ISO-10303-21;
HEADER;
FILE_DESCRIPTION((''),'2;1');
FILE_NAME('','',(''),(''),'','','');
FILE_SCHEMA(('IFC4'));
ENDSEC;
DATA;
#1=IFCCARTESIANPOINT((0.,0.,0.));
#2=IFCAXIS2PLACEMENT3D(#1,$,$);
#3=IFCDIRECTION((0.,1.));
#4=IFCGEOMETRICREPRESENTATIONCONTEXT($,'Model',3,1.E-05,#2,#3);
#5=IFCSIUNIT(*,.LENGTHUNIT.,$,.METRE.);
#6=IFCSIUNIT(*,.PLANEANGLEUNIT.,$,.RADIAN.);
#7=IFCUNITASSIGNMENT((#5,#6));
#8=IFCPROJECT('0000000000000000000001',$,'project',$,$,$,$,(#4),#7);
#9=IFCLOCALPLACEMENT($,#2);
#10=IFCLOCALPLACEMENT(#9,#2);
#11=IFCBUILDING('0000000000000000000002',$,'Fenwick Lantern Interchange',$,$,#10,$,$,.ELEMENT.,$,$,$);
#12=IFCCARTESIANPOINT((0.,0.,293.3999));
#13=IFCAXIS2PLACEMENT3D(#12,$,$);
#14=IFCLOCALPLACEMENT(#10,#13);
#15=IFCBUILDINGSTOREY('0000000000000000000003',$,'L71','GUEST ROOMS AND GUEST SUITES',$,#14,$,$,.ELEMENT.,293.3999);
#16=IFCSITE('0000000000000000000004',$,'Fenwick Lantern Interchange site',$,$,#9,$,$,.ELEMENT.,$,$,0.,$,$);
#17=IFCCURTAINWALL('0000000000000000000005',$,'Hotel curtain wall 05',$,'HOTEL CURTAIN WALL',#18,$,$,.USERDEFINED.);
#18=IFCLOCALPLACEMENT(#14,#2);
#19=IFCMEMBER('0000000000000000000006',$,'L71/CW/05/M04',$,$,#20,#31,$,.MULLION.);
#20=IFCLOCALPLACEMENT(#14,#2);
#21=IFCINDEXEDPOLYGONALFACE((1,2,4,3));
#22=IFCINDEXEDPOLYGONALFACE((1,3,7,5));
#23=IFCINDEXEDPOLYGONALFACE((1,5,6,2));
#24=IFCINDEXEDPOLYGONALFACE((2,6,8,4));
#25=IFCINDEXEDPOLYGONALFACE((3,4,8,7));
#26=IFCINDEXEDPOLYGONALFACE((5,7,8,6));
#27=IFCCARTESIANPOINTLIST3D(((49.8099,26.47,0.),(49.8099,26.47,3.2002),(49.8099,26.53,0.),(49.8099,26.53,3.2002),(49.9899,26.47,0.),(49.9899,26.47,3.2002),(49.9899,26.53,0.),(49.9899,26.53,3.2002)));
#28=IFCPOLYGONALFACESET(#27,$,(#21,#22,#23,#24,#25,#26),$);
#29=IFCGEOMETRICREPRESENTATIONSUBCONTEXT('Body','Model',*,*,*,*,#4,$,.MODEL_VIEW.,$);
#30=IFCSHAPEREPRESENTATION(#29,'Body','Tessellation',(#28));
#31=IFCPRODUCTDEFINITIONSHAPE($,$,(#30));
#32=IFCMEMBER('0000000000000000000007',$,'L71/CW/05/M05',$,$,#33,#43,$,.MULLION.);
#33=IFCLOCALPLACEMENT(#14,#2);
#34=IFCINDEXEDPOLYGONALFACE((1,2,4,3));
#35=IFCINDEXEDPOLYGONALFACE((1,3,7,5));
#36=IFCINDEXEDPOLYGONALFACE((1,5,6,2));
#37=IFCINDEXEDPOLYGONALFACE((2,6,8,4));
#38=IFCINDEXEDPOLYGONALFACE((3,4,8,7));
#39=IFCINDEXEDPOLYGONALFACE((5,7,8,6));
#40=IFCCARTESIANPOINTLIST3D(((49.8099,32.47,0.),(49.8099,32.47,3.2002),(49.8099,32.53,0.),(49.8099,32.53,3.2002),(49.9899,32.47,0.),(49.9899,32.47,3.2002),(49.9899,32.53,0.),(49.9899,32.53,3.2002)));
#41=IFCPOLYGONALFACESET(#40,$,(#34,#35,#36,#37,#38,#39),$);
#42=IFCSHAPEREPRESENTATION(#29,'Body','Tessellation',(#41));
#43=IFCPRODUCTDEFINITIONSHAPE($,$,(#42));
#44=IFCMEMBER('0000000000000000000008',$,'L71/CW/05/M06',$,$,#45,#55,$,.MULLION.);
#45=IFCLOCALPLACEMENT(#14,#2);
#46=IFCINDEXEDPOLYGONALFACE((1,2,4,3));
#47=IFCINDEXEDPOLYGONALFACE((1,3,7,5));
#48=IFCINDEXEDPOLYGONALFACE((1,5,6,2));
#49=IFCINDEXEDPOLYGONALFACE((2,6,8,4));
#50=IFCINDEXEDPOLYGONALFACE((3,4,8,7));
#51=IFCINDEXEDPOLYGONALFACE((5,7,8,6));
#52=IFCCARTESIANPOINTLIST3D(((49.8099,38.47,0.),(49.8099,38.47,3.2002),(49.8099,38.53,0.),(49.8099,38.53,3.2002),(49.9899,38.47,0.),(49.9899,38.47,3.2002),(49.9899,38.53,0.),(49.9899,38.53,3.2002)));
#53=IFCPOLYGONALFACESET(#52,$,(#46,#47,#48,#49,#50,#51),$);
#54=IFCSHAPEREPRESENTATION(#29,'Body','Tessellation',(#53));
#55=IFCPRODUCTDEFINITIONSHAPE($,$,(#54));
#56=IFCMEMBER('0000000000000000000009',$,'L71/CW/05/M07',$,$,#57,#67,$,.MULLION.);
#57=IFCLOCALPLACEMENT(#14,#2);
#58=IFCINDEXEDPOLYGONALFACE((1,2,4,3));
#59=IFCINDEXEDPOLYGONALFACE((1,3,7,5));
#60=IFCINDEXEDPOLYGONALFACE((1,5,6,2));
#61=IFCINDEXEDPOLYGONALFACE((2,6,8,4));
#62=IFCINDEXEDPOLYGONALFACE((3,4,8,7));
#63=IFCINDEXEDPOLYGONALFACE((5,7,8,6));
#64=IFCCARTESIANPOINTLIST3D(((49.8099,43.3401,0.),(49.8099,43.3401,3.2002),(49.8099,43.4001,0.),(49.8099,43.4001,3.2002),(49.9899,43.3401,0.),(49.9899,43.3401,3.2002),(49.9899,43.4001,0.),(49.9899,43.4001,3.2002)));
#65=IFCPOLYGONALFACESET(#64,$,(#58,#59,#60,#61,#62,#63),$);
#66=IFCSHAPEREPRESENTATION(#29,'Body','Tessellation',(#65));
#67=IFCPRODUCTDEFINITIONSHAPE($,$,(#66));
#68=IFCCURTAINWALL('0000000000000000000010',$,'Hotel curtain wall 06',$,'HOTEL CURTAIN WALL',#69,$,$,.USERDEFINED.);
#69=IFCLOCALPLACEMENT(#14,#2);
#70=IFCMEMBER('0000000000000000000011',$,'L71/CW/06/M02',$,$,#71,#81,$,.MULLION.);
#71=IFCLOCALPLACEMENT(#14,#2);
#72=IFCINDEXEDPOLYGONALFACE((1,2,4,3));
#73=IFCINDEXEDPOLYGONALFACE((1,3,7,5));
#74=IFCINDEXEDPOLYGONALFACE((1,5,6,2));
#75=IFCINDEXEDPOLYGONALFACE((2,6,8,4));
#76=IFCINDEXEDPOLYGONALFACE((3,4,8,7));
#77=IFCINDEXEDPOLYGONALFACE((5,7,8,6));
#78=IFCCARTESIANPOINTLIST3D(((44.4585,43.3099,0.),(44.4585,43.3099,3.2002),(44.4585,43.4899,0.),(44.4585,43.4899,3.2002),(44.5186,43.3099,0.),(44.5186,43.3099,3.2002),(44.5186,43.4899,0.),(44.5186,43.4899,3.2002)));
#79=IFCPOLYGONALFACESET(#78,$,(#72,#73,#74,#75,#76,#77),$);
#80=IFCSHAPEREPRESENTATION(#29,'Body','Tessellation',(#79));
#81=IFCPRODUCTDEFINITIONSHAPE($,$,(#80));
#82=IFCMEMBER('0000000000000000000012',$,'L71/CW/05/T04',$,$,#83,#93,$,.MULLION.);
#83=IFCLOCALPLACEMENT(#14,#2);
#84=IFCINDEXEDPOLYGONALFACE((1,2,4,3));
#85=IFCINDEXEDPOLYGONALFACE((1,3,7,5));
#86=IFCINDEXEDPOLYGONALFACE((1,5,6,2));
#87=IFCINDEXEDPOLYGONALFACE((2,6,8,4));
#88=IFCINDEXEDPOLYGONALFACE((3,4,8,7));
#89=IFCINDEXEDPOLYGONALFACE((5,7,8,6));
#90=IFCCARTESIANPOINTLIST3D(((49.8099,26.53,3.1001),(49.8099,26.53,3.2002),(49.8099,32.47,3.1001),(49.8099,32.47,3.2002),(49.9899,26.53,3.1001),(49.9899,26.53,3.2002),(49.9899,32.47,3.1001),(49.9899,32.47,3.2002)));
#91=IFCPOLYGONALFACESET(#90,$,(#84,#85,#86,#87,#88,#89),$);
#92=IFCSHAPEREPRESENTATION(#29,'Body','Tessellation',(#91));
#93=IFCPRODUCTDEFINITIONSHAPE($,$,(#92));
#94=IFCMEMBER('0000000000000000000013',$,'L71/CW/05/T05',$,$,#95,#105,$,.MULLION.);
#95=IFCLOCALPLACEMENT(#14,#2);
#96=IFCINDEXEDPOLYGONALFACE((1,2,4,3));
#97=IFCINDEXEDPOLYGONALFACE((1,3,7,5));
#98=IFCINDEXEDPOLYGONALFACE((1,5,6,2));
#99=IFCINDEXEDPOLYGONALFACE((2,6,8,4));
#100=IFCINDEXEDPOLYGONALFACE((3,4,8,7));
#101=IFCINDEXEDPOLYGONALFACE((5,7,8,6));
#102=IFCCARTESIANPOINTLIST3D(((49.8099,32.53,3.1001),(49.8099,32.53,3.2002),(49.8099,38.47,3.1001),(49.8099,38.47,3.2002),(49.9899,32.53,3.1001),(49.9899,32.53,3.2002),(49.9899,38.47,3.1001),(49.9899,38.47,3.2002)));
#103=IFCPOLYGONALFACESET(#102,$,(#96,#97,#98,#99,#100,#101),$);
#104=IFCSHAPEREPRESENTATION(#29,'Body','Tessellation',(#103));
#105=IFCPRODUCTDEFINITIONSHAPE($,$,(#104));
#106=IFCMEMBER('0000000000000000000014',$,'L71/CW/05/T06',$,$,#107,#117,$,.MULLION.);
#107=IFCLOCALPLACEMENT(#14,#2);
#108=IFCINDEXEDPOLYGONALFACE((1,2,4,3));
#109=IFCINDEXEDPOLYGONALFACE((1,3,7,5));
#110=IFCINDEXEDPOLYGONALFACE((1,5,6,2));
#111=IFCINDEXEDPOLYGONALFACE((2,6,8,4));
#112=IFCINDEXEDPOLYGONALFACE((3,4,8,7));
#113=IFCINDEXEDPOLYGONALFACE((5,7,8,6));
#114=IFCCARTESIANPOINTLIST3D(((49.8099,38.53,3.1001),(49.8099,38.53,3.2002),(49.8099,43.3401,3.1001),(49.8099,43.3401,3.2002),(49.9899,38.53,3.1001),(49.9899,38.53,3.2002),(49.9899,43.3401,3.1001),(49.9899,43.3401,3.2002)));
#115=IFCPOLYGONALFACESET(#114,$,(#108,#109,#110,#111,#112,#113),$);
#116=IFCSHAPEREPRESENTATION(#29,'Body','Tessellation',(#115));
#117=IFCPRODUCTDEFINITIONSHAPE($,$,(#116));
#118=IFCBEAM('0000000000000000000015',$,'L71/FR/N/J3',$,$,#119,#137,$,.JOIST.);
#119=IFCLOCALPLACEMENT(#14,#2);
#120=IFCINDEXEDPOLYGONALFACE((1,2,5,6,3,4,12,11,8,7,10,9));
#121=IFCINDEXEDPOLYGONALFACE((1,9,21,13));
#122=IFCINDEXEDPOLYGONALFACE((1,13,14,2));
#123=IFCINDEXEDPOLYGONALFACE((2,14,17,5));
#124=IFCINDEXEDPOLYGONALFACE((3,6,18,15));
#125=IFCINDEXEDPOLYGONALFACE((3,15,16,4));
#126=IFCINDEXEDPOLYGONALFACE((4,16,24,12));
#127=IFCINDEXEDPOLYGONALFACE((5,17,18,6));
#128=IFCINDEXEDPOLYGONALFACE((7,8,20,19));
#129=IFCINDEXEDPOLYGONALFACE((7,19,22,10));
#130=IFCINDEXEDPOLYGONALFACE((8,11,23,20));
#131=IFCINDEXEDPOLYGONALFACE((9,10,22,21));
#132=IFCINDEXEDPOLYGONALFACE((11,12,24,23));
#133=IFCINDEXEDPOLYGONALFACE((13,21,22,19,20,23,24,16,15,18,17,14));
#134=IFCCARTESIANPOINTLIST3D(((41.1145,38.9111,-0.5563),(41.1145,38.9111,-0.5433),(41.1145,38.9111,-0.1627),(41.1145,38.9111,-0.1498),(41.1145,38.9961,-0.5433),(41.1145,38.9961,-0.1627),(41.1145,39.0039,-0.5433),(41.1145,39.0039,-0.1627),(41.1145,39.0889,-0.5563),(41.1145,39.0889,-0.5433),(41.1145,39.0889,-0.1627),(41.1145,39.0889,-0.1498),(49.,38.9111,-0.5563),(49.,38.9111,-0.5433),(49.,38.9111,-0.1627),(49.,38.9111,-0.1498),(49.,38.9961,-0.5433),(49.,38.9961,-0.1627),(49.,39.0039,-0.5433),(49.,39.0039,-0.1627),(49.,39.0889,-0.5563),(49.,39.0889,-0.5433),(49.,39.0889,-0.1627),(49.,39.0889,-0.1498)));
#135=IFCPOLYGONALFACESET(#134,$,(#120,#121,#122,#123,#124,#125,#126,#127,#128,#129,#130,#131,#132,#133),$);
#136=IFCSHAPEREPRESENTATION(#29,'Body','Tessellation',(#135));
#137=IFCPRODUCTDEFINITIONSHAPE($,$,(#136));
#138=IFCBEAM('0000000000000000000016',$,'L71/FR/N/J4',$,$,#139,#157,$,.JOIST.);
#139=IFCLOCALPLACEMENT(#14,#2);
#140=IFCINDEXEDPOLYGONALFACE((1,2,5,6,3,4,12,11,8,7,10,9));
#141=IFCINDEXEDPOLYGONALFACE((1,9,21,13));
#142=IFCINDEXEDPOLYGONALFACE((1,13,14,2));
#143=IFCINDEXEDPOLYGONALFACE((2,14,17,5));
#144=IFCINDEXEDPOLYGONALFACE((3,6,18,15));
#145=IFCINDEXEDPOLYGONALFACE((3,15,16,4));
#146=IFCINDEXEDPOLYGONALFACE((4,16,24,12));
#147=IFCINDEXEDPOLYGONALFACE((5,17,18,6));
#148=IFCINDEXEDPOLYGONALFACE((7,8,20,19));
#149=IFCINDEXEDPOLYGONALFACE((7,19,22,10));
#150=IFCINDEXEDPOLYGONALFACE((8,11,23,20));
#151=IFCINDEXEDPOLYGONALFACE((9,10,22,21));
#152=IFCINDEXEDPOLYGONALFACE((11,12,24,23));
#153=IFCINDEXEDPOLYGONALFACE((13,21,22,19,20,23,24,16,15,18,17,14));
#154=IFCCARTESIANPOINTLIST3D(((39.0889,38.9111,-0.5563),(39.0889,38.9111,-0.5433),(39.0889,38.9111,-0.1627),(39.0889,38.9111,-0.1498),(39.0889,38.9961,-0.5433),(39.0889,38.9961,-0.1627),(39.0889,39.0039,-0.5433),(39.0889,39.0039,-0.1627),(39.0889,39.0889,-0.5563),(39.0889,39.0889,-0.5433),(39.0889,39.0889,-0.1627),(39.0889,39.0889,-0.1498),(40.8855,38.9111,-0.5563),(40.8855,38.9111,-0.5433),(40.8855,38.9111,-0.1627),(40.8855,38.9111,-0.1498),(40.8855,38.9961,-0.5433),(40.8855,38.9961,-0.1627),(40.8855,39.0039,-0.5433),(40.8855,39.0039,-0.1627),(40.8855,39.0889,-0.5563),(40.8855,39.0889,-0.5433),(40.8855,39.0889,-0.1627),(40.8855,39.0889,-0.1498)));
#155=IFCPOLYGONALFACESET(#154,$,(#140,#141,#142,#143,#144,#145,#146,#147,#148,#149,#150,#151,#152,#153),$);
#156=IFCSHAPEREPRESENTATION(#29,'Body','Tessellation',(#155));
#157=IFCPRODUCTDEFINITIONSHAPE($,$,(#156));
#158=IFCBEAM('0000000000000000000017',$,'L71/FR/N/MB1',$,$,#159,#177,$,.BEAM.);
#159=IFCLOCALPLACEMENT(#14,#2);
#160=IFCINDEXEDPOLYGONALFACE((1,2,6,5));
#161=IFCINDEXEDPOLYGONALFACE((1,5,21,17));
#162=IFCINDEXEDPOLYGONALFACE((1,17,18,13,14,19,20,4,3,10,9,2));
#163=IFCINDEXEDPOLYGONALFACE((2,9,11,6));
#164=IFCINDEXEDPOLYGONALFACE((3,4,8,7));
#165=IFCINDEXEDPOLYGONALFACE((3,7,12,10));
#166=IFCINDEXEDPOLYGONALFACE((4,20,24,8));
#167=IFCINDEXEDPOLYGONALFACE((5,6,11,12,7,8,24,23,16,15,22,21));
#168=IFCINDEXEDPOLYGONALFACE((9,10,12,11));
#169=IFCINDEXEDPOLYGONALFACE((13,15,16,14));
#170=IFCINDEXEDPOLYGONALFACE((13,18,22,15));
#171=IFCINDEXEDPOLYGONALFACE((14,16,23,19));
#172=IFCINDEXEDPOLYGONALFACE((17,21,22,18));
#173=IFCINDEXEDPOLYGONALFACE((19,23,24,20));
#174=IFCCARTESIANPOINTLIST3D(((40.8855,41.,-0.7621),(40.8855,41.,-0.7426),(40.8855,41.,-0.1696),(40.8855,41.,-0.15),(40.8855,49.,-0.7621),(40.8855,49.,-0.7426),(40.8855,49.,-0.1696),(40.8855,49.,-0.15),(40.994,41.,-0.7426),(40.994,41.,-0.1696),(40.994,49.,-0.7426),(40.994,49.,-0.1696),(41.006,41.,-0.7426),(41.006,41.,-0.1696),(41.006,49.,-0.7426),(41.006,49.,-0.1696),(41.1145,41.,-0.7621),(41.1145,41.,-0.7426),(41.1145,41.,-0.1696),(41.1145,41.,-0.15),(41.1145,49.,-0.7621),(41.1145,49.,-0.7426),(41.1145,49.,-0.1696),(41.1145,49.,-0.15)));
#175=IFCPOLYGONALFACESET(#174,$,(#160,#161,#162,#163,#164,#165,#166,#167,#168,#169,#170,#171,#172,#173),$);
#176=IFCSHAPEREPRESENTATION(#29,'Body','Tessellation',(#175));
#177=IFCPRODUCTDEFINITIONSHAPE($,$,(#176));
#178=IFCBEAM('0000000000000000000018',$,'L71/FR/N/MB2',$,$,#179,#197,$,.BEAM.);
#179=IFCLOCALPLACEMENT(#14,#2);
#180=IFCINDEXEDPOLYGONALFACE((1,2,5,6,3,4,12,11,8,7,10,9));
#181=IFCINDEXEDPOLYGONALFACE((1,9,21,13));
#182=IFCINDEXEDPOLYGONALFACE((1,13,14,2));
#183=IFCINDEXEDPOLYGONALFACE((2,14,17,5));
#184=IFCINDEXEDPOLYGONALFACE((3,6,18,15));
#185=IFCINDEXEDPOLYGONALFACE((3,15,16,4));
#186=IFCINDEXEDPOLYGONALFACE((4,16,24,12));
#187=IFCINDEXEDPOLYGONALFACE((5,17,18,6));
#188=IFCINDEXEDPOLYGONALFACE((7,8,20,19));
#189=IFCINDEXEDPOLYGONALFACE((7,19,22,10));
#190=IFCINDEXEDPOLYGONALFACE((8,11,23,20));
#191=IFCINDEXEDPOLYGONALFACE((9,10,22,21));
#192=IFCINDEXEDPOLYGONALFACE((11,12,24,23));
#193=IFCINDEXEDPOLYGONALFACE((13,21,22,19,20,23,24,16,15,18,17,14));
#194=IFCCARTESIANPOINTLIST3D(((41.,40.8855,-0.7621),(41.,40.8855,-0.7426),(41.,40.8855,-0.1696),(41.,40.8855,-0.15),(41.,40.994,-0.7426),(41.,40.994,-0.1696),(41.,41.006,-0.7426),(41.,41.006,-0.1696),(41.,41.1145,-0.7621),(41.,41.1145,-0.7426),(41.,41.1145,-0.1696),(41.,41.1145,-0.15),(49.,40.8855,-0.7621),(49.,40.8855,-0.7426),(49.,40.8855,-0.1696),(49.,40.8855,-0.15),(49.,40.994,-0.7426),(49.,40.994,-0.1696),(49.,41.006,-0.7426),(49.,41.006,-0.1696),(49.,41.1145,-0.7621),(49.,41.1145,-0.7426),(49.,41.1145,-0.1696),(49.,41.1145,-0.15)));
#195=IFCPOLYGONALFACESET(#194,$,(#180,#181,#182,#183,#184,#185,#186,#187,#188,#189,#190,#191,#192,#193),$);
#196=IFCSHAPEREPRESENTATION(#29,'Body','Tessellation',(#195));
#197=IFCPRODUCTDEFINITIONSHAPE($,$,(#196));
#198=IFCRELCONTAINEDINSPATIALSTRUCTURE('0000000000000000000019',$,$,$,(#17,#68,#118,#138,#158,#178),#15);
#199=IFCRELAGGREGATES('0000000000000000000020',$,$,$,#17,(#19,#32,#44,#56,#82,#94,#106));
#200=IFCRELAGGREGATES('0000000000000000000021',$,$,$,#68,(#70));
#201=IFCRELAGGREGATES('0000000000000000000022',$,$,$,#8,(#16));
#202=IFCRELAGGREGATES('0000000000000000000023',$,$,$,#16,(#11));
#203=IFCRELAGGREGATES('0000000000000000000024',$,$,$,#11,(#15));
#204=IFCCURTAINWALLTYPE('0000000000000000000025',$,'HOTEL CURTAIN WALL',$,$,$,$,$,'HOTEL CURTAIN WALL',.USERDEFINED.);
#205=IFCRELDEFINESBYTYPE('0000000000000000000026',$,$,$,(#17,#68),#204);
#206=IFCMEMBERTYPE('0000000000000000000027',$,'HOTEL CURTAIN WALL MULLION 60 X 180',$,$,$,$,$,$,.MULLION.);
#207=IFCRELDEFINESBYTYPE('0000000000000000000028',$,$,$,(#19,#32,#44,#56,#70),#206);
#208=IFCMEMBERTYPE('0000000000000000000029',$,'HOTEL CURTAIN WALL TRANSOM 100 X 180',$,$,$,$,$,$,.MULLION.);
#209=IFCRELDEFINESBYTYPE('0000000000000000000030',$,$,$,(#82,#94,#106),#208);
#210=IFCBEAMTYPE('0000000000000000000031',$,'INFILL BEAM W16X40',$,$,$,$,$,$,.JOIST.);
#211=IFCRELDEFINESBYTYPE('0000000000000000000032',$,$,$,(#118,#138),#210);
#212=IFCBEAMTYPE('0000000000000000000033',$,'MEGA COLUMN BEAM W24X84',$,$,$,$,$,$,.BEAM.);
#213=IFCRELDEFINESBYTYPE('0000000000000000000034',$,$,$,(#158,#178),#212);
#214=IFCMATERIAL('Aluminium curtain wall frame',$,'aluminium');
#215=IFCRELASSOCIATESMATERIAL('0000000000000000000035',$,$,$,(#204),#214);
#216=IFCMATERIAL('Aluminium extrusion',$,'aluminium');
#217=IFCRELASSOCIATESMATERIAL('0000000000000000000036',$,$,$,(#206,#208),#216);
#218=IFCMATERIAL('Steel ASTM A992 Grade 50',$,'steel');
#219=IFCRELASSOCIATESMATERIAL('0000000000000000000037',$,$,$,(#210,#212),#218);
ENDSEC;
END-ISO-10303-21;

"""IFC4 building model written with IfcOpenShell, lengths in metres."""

from ifc_helpers import new_model, si_unit, direction, frame, origin, origin_2d, place, context, subcontext, project, spatial, rectangle, i_section, extrude, material, material_profile, profile_set, type_object, element, aggregate, save


model = new_model("IFC4")

# Units and contexts
model_context = context("Model", 3, precision=1e-05, world=origin(), true_north=direction((0.0, 1.0)))
body_context = subcontext(model_context, "Body", "Model", "MODEL_VIEW")
ifc_project = project(units=[si_unit("LENGTHUNIT", "METRE"), si_unit("PLANEANGLEUNIT", "RADIAN")], contexts=[model_context])

# Site, building, storey
site_placement = place(None, origin())
site = spatial("IfcSite", under=ifc_project, at=site_placement, Name="Fenwick Lantern Interchange site", CompositionType="ELEMENT", RefElevation=0.0)
building_placement = place(site_placement, origin())
building = spatial("IfcBuilding", under=site, at=building_placement, Name="Fenwick Lantern Interchange", CompositionType="ELEMENT")
storey_placement = place(building_placement, frame((0.0, 0.0, 293.3999)))
storey = spatial("IfcBuildingStorey", under=building, at=storey_placement, Name="L71", Description="GUEST ROOMS AND GUEST SUITES", CompositionType="ELEMENT", Elevation=293.3999)

# Shared definitions
ifc_material_1 = material(Name="Steel ASTM A992 Grade 50", Category="steel")

# Curtain wall, members
ifc_material_2 = material(Name="Aluminium curtain wall frame", Category="aluminium")
curtain_wall_type = type_object("IfcCurtainWallType", Name="HOTEL CURTAIN WALL", ElementType="HOTEL CURTAIN WALL", PredefinedType="USERDEFINED", material=ifc_material_2)
curtain_wall_1_placement = place(storey_placement, origin())
curtain_wall_1 = element("IfcCurtainWall", 1, at=curtain_wall_1_placement, inside=storey, type_object=curtain_wall_type, Name="Hotel curtain wall 05", ObjectType="HOTEL CURTAIN WALL", PredefinedType="USERDEFINED")
ifc_material_3 = material(Name="Aluminium extrusion", Category="aluminium")
ifc_material_profile_1 = material_profile(ifc_material_3, rectangle(XDim=0.1799, YDim=0.0601, at=origin_2d()), Name="HOTEL CURTAIN WALL MULLION 60 X 180")
ifc_profile_set_1 = profile_set([ifc_material_profile_1], Name="Aluminium extrusion")
member_type_1 = type_object("IfcMemberType", Name="HOTEL CURTAIN WALL MULLION 60 X 180", PredefinedType="MULLION", material=ifc_profile_set_1)
member_1_placement = place(storey_placement, frame((49.8999, 26.5, 0.0), z_axis=(0.0, 0.0, 1.0), x_axis=(-1.0, 0.0, 0.0)))
member_1 = element("IfcMember", 2, at=member_1_placement, type_object=member_type_1, Name="L71/CW/05/M04", PredefinedType="MULLION", context=body_context, shape_type="SweptSolid", body=[
    extrude(rectangle(XDim=0.1799, YDim=0.0601, at=origin_2d()), origin(), (0.0, 0.0, 1.0), 3.2002),
])
member_2_placement = place(storey_placement, frame((49.8999, 32.5, 0.0), z_axis=(0.0, 0.0, 1.0), x_axis=(-1.0, 0.0, 0.0)))
member_2 = element("IfcMember", 3, at=member_2_placement, type_object=member_type_1, Name="L71/CW/05/M05", PredefinedType="MULLION", context=body_context, shape_type="SweptSolid", body=[
    extrude(rectangle(XDim=0.1799, YDim=0.0601, at=origin_2d()), origin(), (0.0, 0.0, 1.0), 3.2002),
])
member_3_placement = place(storey_placement, frame((49.8999, 38.5, 0.0), z_axis=(0.0, 0.0, 1.0), x_axis=(-1.0, 0.0, 0.0)))
member_3 = element("IfcMember", 4, at=member_3_placement, type_object=member_type_1, Name="L71/CW/05/M06", PredefinedType="MULLION", context=body_context, shape_type="SweptSolid", body=[
    extrude(rectangle(XDim=0.1799, YDim=0.0601, at=origin_2d()), origin(), (0.0, 0.0, 1.0), 3.2002),
])
member_4_placement = place(storey_placement, frame((49.8999, 43.3701, 0.0), z_axis=(0.0, 0.0, 1.0), x_axis=(-1.0, 0.0, 0.0)))
member_4 = element("IfcMember", 5, at=member_4_placement, type_object=member_type_1, Name="L71/CW/05/M07", PredefinedType="MULLION", context=body_context, shape_type="SweptSolid", body=[
    extrude(rectangle(XDim=0.1799, YDim=0.0601, at=origin_2d()), origin(), (0.0, 0.0, 1.0), 3.2002),
])

# Curtain wall, member
curtain_wall_2_placement = place(storey_placement, origin())
curtain_wall_2 = element("IfcCurtainWall", 6, at=curtain_wall_2_placement, inside=storey, type_object=curtain_wall_type, Name="Hotel curtain wall 06", ObjectType="HOTEL CURTAIN WALL", PredefinedType="USERDEFINED")
member_5_placement = place(storey_placement, frame((44.4885, 43.3999, 0.0), z_axis=(0.0, 0.0, 1.0), x_axis=(0.0, -1.0, 0.0)))
member_5 = element("IfcMember", 7, at=member_5_placement, type_object=member_type_1, Name="L71/CW/06/M02", PredefinedType="MULLION", context=body_context, shape_type="SweptSolid", body=[
    extrude(rectangle(XDim=0.1799, YDim=0.0601, at=origin_2d()), origin(), (0.0, 0.0, 1.0), 3.2002),
])

# Members
ifc_material_profile_2 = material_profile(ifc_material_3, rectangle(XDim=0.1799, YDim=0.1001, at=origin_2d()), Name="HOTEL CURTAIN WALL TRANSOM 100 X 180")
ifc_profile_set_2 = profile_set([ifc_material_profile_2], Name="Aluminium extrusion")
member_type_2 = type_object("IfcMemberType", Name="HOTEL CURTAIN WALL TRANSOM 100 X 180", PredefinedType="MULLION", material=ifc_profile_set_2)
member_6_placement = place(storey_placement, frame((49.8999, 26.53, 3.1501), z_axis=(0.0, 1.0, 0.0), x_axis=(-1.0, 0.0, 0.0)))
member_6 = element("IfcMember", 8, at=member_6_placement, type_object=member_type_2, Name="L71/CW/05/T04", PredefinedType="MULLION", context=body_context, shape_type="SweptSolid", body=[
    extrude(rectangle(XDim=0.1799, YDim=0.1001, at=origin_2d()), origin(), (0.0, 0.0, 1.0), 5.9399),
])
member_7_placement = place(storey_placement, frame((49.8999, 32.53, 3.1501), z_axis=(0.0, 1.0, 0.0), x_axis=(-1.0, 0.0, 0.0)))
member_7 = element("IfcMember", 9, at=member_7_placement, type_object=member_type_2, Name="L71/CW/05/T05", PredefinedType="MULLION", context=body_context, shape_type="SweptSolid", body=[
    extrude(rectangle(XDim=0.1799, YDim=0.1001, at=origin_2d()), origin(), (0.0, 0.0, 1.0), 5.9399),
])
member_8_placement = place(storey_placement, frame((49.8999, 38.53, 3.1501), z_axis=(0.0, 1.0, 0.0), x_axis=(-1.0, 0.0, 0.0)))
member_8 = element("IfcMember", 10, at=member_8_placement, type_object=member_type_2, Name="L71/CW/05/T06", PredefinedType="MULLION", context=body_context, shape_type="SweptSolid", body=[
    extrude(rectangle(XDim=0.1799, YDim=0.1001, at=origin_2d()), origin(), (0.0, 0.0, 1.0), 4.8101),
])
aggregate(curtain_wall_1, [member_1, member_2, member_3, member_4, member_6, member_7, member_8])

# Beams
ifc_material_profile_3 = material_profile(ifc_material_1, i_section(OverallWidth=0.1777, OverallDepth=0.4065, WebThickness=0.0078, FlangeThickness=0.0129, at=origin_2d()), Name="W16X40")
ifc_profile_set_3 = profile_set([ifc_material_profile_3], Name="Steel ASTM A992 Grade 50")
beam_type_1 = type_object("IfcBeamType", Name="INFILL BEAM W16X40", PredefinedType="JOIST", material=ifc_profile_set_3)
beam_1_placement = place(storey_placement, frame((49.0, 39.0, -0.353), z_axis=(-1.0, 0.0, 0.0), x_axis=(0.0, -1.0, 0.0)))
element("IfcBeam", 11, at=beam_1_placement, inside=storey, type_object=beam_type_1, Name="L71/FR/N/J3", PredefinedType="JOIST", context=body_context, shape_type="SweptSolid", body=[
    extrude(i_section(OverallWidth=0.1777, OverallDepth=0.4065, WebThickness=0.0078, FlangeThickness=0.0129, at=origin_2d()), origin(), (0.0, 0.0, 1.0), 7.8855),
])
beam_2_placement = place(storey_placement, frame((40.8855, 39.0, -0.353), z_axis=(-1.0, 0.0, 0.0), x_axis=(0.0, -1.0, 0.0)))
element("IfcBeam", 12, at=beam_2_placement, inside=storey, type_object=beam_type_1, Name="L71/FR/N/J4", PredefinedType="JOIST", context=body_context, shape_type="SweptSolid", body=[
    extrude(i_section(OverallWidth=0.1777, OverallDepth=0.4065, WebThickness=0.0078, FlangeThickness=0.0129, at=origin_2d()), origin(), (0.0, 0.0, 1.0), 1.7966),
])
ifc_material_profile_4 = material_profile(ifc_material_1, i_section(OverallWidth=0.229, OverallDepth=0.6121, WebThickness=0.012, FlangeThickness=0.0195, at=origin_2d()), Name="W24X84")
ifc_profile_set_4 = profile_set([ifc_material_profile_4], Name="Steel ASTM A992 Grade 50")
beam_type_2 = type_object("IfcBeamType", Name="MEGA COLUMN BEAM W24X84", PredefinedType="BEAM", material=ifc_profile_set_4)
for number, where, z_axis, x_axis, name in (
    (13, (41.0, 41.0, -0.4561), (0.0, 1.0, 0.0), (-1.0, 0.0, 0.0), "L71/FR/N/MB1"),
    (14, (41.0, 41.0, -0.4561), (1.0, 0.0, 0.0), (0.0, 1.0, 0.0), "L71/FR/N/MB2"),
):
    element("IfcBeam", number, at=place(storey_placement, frame(where, z_axis=z_axis, x_axis=x_axis)), inside=storey, type_object=beam_type_2, Name=name, PredefinedType="BEAM", context=body_context, shape_type="SweptSolid", body=[
        extrude(i_section(OverallWidth=0.229, OverallDepth=0.6121, WebThickness=0.012, FlangeThickness=0.0195, at=origin_2d()), origin(), (0.0, 0.0, 1.0), 8.0),
    ])

aggregate(curtain_wall_2, [member_5])

save(model, "model.ifc")
